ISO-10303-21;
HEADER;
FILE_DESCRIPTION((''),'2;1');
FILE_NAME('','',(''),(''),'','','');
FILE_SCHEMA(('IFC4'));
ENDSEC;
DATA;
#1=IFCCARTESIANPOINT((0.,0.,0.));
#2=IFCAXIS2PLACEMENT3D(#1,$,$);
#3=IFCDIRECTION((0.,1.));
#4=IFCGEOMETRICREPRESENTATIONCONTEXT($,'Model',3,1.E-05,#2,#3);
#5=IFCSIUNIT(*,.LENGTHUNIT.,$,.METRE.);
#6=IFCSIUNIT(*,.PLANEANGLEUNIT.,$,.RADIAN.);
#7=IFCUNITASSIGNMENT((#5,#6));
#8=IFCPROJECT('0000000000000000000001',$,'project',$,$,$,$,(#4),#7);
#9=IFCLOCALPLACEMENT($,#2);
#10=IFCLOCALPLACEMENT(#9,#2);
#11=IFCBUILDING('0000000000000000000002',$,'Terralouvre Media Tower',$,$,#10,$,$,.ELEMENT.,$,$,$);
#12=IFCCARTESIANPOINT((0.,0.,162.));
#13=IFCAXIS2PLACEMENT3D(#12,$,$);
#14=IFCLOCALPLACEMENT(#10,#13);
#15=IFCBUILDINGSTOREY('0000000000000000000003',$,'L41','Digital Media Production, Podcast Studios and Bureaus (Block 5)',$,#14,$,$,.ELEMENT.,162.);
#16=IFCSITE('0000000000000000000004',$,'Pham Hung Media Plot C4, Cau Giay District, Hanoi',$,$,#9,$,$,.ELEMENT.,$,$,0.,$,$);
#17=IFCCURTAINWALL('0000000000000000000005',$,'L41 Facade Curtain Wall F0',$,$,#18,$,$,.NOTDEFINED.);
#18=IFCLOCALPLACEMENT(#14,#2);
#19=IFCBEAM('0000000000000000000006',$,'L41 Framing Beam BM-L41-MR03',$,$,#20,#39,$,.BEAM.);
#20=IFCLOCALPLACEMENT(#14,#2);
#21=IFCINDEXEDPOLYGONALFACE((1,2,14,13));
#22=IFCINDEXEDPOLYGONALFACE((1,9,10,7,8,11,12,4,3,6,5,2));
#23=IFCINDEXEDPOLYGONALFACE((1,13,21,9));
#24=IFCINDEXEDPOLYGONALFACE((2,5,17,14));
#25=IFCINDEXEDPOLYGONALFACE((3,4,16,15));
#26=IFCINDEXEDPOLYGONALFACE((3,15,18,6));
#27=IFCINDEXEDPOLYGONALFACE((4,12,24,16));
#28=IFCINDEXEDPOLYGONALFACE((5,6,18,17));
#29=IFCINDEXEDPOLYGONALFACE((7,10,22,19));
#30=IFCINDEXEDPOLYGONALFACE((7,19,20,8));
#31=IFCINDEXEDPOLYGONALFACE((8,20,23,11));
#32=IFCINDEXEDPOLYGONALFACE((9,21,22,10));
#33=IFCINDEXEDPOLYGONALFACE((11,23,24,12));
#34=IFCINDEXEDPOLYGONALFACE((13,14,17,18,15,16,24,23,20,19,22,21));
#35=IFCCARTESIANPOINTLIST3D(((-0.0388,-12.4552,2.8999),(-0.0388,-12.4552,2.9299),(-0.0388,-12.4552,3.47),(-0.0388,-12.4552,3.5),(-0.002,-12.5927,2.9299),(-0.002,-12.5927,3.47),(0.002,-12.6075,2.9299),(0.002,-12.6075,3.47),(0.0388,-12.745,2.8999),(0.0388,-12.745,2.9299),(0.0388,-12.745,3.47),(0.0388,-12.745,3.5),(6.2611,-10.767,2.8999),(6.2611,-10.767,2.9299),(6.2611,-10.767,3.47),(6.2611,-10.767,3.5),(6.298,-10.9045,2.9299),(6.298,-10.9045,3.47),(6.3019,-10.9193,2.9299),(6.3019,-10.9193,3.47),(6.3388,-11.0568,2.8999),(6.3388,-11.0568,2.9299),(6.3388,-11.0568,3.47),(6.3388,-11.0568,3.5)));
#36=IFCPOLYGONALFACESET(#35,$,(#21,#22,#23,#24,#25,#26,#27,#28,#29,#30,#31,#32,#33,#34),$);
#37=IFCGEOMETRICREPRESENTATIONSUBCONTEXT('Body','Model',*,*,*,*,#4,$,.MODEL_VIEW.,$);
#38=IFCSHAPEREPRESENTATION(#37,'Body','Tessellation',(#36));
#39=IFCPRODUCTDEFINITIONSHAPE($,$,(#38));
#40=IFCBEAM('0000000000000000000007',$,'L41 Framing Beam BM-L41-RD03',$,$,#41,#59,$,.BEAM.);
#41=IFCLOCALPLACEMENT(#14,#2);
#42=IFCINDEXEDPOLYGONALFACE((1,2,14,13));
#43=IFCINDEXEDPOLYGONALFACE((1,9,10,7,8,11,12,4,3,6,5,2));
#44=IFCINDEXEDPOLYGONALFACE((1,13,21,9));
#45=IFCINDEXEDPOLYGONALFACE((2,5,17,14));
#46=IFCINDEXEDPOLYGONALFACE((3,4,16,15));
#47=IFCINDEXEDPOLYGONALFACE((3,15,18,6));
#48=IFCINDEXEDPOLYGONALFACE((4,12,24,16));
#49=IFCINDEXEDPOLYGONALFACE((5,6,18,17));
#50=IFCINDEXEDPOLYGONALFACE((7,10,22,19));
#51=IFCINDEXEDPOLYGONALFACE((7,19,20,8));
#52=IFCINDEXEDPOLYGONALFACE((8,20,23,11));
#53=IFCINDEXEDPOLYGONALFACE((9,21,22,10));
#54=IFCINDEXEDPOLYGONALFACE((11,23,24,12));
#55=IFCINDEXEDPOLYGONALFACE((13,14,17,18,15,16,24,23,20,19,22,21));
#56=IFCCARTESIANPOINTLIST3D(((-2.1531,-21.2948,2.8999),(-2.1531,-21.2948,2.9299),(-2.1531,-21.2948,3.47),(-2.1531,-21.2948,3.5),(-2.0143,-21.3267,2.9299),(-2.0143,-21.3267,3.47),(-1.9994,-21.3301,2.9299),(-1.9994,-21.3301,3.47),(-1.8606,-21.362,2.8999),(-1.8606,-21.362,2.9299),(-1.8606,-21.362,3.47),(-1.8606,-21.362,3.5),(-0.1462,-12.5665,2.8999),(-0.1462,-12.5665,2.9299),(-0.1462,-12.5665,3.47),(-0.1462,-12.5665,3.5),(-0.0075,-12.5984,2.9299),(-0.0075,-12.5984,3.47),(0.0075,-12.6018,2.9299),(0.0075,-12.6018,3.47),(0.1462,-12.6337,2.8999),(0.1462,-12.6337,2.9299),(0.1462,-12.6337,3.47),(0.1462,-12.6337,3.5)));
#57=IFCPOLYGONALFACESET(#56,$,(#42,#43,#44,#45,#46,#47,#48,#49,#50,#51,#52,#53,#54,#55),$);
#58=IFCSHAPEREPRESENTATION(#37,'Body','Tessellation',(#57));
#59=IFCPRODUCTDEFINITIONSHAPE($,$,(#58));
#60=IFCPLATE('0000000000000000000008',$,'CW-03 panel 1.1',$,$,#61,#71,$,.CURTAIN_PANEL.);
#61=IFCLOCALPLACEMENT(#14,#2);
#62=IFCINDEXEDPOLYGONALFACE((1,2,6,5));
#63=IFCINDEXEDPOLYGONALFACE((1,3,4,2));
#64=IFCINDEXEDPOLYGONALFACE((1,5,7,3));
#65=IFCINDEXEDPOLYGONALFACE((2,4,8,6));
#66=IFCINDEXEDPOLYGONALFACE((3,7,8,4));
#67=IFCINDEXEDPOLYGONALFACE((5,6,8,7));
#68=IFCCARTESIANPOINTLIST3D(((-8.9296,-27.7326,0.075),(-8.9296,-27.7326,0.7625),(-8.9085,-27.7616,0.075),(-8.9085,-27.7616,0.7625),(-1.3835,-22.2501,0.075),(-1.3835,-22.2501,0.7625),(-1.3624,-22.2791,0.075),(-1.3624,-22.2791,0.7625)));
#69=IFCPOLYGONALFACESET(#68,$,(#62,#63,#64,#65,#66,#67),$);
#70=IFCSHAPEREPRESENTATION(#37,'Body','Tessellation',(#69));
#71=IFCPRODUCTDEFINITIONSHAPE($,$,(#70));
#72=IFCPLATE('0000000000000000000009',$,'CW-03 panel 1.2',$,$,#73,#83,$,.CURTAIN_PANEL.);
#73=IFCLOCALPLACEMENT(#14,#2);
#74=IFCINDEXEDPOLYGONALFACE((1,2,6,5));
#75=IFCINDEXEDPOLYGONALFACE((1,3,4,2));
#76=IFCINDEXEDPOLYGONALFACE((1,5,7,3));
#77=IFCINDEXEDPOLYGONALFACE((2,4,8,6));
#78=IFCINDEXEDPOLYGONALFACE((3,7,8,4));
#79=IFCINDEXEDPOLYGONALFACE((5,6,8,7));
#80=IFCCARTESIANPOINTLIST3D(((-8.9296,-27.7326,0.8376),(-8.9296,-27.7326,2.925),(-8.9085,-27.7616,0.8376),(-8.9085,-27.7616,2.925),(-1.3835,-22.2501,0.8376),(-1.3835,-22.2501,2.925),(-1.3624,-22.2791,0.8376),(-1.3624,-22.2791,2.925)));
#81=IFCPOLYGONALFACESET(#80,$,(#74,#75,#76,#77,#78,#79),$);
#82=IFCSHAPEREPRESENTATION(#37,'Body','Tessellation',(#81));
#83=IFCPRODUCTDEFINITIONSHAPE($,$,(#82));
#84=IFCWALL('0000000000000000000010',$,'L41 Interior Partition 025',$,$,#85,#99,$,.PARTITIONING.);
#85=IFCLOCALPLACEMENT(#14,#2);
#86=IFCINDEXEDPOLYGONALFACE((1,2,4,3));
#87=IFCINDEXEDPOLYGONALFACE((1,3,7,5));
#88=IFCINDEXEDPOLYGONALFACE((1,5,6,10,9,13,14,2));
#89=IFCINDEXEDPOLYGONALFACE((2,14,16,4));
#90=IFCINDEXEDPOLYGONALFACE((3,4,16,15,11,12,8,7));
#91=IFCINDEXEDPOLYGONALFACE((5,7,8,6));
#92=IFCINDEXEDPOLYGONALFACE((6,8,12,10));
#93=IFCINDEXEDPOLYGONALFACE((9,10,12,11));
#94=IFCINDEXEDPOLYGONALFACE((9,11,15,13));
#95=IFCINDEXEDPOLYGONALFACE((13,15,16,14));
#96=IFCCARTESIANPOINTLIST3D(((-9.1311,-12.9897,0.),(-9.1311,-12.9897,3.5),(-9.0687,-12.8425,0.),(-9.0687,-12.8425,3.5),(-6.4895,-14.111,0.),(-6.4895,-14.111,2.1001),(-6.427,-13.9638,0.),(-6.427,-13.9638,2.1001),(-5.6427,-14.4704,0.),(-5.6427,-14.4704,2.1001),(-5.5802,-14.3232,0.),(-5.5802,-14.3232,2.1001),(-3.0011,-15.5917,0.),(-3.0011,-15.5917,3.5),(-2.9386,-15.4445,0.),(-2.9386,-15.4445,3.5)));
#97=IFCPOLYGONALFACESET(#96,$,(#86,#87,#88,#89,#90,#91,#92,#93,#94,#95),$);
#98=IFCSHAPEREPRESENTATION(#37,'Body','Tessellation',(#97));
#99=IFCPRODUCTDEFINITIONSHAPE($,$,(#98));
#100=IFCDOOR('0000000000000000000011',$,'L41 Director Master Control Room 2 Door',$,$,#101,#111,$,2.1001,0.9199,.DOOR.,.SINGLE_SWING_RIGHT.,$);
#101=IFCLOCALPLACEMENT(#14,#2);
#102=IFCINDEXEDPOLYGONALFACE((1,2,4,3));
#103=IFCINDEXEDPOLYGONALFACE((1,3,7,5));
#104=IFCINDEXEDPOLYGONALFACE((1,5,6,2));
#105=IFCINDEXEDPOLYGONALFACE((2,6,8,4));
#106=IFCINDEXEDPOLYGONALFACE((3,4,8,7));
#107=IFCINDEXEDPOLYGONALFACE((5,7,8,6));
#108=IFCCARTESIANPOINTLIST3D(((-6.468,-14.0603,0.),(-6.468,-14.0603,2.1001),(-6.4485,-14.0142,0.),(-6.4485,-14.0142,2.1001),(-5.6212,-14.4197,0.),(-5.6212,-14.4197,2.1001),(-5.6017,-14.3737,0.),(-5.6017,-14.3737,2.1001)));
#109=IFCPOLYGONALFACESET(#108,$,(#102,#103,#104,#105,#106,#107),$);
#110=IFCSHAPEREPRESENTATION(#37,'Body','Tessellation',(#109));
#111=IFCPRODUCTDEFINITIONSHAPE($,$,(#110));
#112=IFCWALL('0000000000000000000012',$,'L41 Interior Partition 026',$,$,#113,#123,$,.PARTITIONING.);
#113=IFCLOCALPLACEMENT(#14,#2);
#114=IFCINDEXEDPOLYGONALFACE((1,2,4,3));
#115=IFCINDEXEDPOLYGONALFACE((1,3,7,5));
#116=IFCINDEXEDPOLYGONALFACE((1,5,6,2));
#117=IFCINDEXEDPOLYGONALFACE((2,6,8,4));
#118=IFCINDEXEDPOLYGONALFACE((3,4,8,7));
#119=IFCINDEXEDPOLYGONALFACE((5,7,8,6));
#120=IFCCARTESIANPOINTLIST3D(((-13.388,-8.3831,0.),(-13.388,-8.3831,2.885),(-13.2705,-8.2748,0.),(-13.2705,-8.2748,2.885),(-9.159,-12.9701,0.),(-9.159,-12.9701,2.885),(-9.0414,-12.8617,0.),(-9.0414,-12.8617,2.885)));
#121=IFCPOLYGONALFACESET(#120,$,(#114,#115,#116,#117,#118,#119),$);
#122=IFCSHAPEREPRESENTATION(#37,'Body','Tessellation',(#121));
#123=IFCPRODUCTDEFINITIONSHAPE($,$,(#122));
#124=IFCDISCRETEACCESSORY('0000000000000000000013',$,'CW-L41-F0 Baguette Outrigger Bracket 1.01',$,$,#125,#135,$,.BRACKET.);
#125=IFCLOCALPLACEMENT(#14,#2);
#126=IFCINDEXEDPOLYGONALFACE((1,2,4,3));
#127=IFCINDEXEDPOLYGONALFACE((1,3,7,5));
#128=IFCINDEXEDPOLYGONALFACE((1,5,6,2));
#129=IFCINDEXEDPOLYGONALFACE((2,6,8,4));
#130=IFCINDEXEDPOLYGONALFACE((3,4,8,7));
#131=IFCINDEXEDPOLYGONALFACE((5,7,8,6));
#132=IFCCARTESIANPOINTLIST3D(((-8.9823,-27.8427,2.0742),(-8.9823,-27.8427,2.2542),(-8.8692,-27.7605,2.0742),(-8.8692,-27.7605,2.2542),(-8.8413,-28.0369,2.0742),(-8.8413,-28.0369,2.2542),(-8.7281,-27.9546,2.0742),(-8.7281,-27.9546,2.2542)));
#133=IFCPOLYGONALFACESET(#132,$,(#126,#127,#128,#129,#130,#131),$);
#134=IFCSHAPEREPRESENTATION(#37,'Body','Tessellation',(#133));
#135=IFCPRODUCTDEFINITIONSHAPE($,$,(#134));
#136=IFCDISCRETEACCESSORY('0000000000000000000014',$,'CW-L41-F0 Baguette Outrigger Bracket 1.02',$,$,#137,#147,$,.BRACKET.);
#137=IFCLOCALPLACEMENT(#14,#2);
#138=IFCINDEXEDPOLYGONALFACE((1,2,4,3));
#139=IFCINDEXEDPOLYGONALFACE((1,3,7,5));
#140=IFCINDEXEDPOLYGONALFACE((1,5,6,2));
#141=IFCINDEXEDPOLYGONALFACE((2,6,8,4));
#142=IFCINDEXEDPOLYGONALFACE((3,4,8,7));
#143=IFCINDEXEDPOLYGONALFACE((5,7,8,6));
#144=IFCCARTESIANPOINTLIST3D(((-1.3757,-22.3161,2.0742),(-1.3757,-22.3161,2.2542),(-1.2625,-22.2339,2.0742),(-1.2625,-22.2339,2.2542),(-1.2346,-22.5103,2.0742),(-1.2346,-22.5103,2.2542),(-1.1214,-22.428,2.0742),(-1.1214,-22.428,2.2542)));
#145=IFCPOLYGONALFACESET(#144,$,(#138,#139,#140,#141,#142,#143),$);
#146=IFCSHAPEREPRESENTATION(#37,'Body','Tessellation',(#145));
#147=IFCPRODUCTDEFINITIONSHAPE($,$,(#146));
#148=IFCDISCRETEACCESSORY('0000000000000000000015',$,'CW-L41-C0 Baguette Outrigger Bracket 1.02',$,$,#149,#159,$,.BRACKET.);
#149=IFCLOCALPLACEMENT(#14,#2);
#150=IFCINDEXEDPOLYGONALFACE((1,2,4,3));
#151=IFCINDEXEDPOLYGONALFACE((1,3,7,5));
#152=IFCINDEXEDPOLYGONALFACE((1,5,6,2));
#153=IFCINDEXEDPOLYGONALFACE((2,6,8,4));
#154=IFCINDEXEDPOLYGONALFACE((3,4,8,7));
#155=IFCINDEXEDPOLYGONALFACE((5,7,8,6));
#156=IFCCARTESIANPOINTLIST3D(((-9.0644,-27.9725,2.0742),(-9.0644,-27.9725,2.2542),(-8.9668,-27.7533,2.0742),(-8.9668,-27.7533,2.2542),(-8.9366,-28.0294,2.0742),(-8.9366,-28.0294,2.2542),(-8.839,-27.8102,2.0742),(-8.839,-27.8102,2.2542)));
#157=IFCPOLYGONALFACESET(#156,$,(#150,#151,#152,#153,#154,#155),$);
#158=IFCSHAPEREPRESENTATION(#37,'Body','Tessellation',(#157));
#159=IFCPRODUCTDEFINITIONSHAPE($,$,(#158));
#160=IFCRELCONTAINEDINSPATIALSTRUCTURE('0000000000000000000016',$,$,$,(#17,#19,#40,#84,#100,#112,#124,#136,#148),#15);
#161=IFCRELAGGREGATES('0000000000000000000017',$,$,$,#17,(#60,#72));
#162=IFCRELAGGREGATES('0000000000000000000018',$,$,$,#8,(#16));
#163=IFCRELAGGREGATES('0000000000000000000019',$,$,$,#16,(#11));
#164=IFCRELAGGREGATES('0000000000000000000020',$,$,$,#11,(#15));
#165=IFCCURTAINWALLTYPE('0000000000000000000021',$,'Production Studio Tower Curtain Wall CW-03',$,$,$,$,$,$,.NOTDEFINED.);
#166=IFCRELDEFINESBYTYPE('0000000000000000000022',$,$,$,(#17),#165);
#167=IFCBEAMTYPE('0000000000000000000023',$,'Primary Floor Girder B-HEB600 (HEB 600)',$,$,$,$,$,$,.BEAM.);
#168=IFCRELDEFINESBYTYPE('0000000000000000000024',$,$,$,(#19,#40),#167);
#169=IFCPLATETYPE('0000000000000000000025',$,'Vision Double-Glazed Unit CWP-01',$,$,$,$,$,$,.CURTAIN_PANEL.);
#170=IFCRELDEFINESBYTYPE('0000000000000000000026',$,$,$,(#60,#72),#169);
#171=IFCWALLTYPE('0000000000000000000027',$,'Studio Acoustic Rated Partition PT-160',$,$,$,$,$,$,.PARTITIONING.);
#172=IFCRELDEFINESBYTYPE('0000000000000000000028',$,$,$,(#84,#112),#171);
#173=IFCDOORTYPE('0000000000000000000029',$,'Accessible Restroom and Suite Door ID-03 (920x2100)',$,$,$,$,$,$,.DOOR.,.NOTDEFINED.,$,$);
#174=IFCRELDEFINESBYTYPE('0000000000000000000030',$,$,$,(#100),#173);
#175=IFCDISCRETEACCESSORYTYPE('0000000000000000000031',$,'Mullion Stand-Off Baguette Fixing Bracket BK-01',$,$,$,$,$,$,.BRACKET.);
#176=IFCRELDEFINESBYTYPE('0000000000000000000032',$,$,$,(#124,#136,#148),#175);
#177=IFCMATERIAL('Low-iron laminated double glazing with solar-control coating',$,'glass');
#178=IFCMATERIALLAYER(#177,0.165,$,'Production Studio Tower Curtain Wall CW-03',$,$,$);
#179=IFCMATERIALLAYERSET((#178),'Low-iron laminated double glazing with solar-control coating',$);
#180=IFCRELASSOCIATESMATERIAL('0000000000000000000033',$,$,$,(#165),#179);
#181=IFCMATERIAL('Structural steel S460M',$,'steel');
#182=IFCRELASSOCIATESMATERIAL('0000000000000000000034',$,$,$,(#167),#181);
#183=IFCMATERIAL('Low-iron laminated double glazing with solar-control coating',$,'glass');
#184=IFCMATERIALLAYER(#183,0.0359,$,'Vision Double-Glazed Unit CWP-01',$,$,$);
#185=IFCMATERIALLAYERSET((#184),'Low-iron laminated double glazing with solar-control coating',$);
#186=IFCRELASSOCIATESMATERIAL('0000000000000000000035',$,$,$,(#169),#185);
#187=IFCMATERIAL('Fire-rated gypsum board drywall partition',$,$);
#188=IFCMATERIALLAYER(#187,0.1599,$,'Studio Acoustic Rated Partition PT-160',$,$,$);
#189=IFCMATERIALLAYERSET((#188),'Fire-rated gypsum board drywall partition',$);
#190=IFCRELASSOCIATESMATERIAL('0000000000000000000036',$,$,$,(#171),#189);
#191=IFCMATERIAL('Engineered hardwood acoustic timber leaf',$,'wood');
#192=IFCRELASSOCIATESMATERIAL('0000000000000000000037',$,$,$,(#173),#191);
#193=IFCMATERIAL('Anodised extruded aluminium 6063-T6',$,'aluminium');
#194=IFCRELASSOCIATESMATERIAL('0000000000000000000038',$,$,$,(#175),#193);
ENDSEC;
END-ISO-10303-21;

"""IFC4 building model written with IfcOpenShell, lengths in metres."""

from ifc_helpers import new_model, si_unit, direction, frame, frame_2d, origin, origin_2d, place, context, subcontext, project, spatial, rectangle, i_section, extrude, material, layer, layer_set, material_profile, profile_set, type_object, element, fill, aggregate, save


model = new_model("IFC4")

# Units and contexts
model_context = context("Model", 3, precision=1e-05, world=origin(), true_north=direction((0.0, 1.0)))
body_context = subcontext(model_context, "Body", "Model", "MODEL_VIEW")
ifc_project = project(units=[si_unit("LENGTHUNIT", "METRE"), si_unit("PLANEANGLEUNIT", "RADIAN")], contexts=[model_context])

# Site, building, storey
site_placement = place(None, origin())
site = spatial("IfcSite", under=ifc_project, at=site_placement, Name="Pham Hung Media Plot C4, Cau Giay District, Hanoi", CompositionType="ELEMENT", RefElevation=0.0)
building_placement = place(site_placement, origin())
building = spatial("IfcBuilding", under=site, at=building_placement, Name="Terralouvre Media Tower", CompositionType="ELEMENT")
storey_placement = place(building_placement, frame((0.0, 0.0, 162.0)))
storey = spatial("IfcBuildingStorey", under=building, at=storey_placement, Name="L41", Description="Digital Media Production, Podcast Studios and Bureaus (Block 5)", CompositionType="ELEMENT", Elevation=162.0)

# Curtain wall
ifc_material_1 = material(Name="Low-iron laminated double glazing with solar-control coating", Category="glass")
ifc_layer_1 = layer(ifc_material_1, 0.165, Name="Production Studio Tower Curtain Wall CW-03")
ifc_layer_set_1 = layer_set([ifc_layer_1], Name="Low-iron laminated double glazing with solar-control coating")
curtain_wall_type_1 = type_object("IfcCurtainWallType", Name="Production Studio Tower Curtain Wall CW-03", PredefinedType="NOTDEFINED", material=ifc_layer_set_1)
curtain_wall_1_placement = place(storey_placement, origin())
curtain_wall_1 = element("IfcCurtainWall", 1, at=curtain_wall_1_placement, inside=storey, type_object=curtain_wall_type_1, Name="L41 Facade Curtain Wall F0", PredefinedType="NOTDEFINED")

# Beams
ifc_material_2 = material(Name="Structural steel S460M", Category="steel")
ifc_material_profile_1 = material_profile(ifc_material_2, i_section(OverallWidth=0.3, OverallDepth=0.6001, WebThickness=0.0154, FlangeThickness=0.03, at=origin_2d()), Name="HEB 600")
ifc_profile_set_1 = profile_set([ifc_material_profile_1], Name="Structural steel S460M")
beam_type_1 = type_object("IfcBeamType", Name="Primary Floor Girder B-HEB600 (HEB 600)", PredefinedType="BEAM", material=ifc_profile_set_1)
beam_1_placement = place(storey_placement, frame((0.0, -12.6001, 3.2), z_axis=(0.96592, 0.258839, 0.0), x_axis=(-0.258839, 0.96592, 0.0)))
element("IfcBeam", 2, at=beam_1_placement, inside=storey, type_object=beam_type_1, Name="L41 Framing Beam BM-L41-MR03", PredefinedType="BEAM", context=body_context, shape_type="SweptSolid", body=[
    extrude(i_section(OverallWidth=0.3, OverallDepth=0.6001, WebThickness=0.0154, FlangeThickness=0.03, at=origin_2d()), origin(), (0.0, 0.0, 1.0), 6.5222),
])
beam_2_placement = place(storey_placement, frame((0.0, -12.6001, 3.2), z_axis=(-0.224077, -0.974571, 0.0), x_axis=(0.974571, -0.224077, 0.0)))
element("IfcBeam", 3, at=beam_2_placement, inside=storey, type_object=beam_type_1, Name="L41 Framing Beam BM-L41-RD03", PredefinedType="BEAM", context=body_context, shape_type="SweptSolid", body=[
    extrude(i_section(OverallWidth=0.3, OverallDepth=0.6001, WebThickness=0.0154, FlangeThickness=0.03, at=origin_2d()), origin(), (0.0, 0.0, 1.0), 8.9561),
])

# Plates
ifc_material_3 = material(Name="Low-iron laminated double glazing with solar-control coating", Category="glass")
ifc_layer_2 = layer(ifc_material_3, 0.0359, Name="Vision Double-Glazed Unit CWP-01")
ifc_layer_set_2 = layer_set([ifc_layer_2], Name="Low-iron laminated double glazing with solar-control coating")
plate_type = type_object("IfcPlateType", Name="Vision Double-Glazed Unit CWP-01", PredefinedType="CURTAIN_PANEL", material=ifc_layer_set_2)
plate_1_placement = place(storey_placement, frame((-5.146, -25.0059, 0.075), z_axis=(0.0, 0.0, 1.0), x_axis=(0.809017, 0.587785, 0.0)))
plate_1 = element("IfcPlate", 4, at=plate_1_placement, type_object=plate_type, Name="CW-03 panel 1.1", PredefinedType="CURTAIN_PANEL", context=body_context, shape_type="SweptSolid", body=[
    extrude(rectangle(XDim=9.3274, YDim=0.0359, at=origin_2d()), origin(), (0.0, 0.0, 1.0), 0.6875),
])
plate_2_placement = place(storey_placement, frame((-5.146, -25.0059, 0.8376), z_axis=(0.0, 0.0, 1.0), x_axis=(0.809017, 0.587785, 0.0)))
plate_2 = element("IfcPlate", 5, at=plate_2_placement, type_object=plate_type, Name="CW-03 panel 1.2", PredefinedType="CURTAIN_PANEL", context=body_context, shape_type="SweptSolid", body=[
    extrude(rectangle(XDim=9.3274, YDim=0.0359, at=origin_2d()), origin(), (0.0, 0.0, 1.0), 2.0874),
])
aggregate(curtain_wall_1, [plate_1, plate_2])

# Wall, opening, door
ifc_material_4 = material(Name="Fire-rated gypsum board drywall partition")
ifc_layer_3 = layer(ifc_material_4, 0.1599, Name="Studio Acoustic Rated Partition PT-160")
ifc_layer_set_3 = layer_set([ifc_layer_3], Name="Fire-rated gypsum board drywall partition")
wall_type = type_object("IfcWallType", Name="Studio Acoustic Rated Partition PT-160", PredefinedType="PARTITIONING", material=ifc_layer_set_3)
wall_1_placement = place(storey_placement, frame((-2.97, -15.5181, 0.0), z_axis=(0.0, 0.0, 1.0), x_axis=(-0.920507, 0.390727, 0.0)))
wall_1 = element("IfcWall", 6, at=wall_1_placement, inside=storey, type_object=wall_type, Name="L41 Interior Partition 025", PredefinedType="PARTITIONING", context=body_context, shape_type="SweptSolid", body=[
    extrude(rectangle(XDim=6.6594, YDim=0.1599, at=frame_2d((3.3296, 0.0))), origin(), (0.0, 0.0, 1.0), 3.5),
])
opening_placement = place(wall_1_placement, frame((2.8696, 0.0, 0.0)))
opening = element("IfcOpeningElement", 7, at=opening_placement, cuts=wall_1, PredefinedType="OPENING", context=body_context, shape_type="SweptSolid", body=[
    extrude(rectangle(XDim=0.9199, YDim=2.1001, at=frame_2d((0.46, 1.05))), frame((0.0, 0.0898, 0.0), z_axis=(0.0, -1.0, 0.0), x_axis=(1.0, 0.0, 0.0)), (0.0, 0.0, 1.0), 0.1799),
])
ifc_material_5 = material(Name="Engineered hardwood acoustic timber leaf", Category="wood")
door_type = type_object("IfcDoorType", Name="Accessible Restroom and Suite Door ID-03 (920x2100)", OperationType="NOTDEFINED", PredefinedType="DOOR", material=ifc_material_5)
door_placement = place(opening_placement, origin())
door = element("IfcDoor", 8, at=door_placement, inside=storey, type_object=door_type, Name="L41 Director Master Control Room 2 Door", OperationType="SINGLE_SWING_RIGHT", OverallHeight=2.1001, OverallWidth=0.9199, PredefinedType="DOOR", context=body_context, shape_type="SweptSolid", body=[
    extrude(rectangle(XDim=0.9199, YDim=2.1001, at=frame_2d((0.46, 1.05))), frame((0.0, 0.0249, 0.0), z_axis=(0.0, -1.0, 0.0), x_axis=(1.0, 0.0, 0.0)), (0.0, 0.0, 1.0), 0.05),
])
fill(opening, door)

# Wall
wall_2_placement = place(storey_placement, frame((-9.1001, -12.916, 0.0), z_axis=(0.0, 0.0, 1.0), x_axis=(-0.677841, 0.735208, 0.0)))
element("IfcWall", 9, at=wall_2_placement, inside=storey, type_object=wall_type, Name="L41 Interior Partition 026", PredefinedType="PARTITIONING", context=body_context, shape_type="SweptSolid", body=[
    extrude(rectangle(XDim=6.239, YDim=0.1599, at=frame_2d((3.1196, 0.0))), origin(), (0.0, 0.0, 1.0), 2.885),
])

# Discrete accessories
ifc_material_6 = material(Name="Anodised extruded aluminium 6063-T6", Category="aluminium")
discrete_accessory_type = type_object("IfcDiscreteAccessoryType", Name="Mullion Stand-Off Baguette Fixing Bracket BK-01", PredefinedType="BRACKET", material=ifc_material_6)
for number, where, z_axis, x_axis, name in (
    (10, (-8.8552, -27.8987, 2.0742), (0.0, 0.0, 1.0), (0.809017, 0.587785, 0.0), "CW-L41-F0 Baguette Outrigger Bracket 1.01"),
    (11, (-1.2485, -22.3721, 2.0742), (0.0, 0.0, 1.0), (0.809017, 0.587785, 0.0), "CW-L41-F0 Baguette Outrigger Bracket 1.02"),
    (12, (-8.9517, -27.8914, 2.0742), (0.0, 0.0, 1.0), (0.913545, -0.406737, 0.0), "CW-L41-C0 Baguette Outrigger Bracket 1.02"),
):
    element("IfcDiscreteAccessory", number, at=place(storey_placement, frame(where, z_axis=z_axis, x_axis=x_axis)), inside=storey, type_object=discrete_accessory_type, Name=name, PredefinedType="BRACKET", context=body_context, shape_type="SweptSolid", body=[
        extrude(rectangle(XDim=0.1399, YDim=0.24, at=origin_2d()), origin(), (0.0, 0.0, 1.0), 0.1799),
    ])

save(model, "model.ifc")
